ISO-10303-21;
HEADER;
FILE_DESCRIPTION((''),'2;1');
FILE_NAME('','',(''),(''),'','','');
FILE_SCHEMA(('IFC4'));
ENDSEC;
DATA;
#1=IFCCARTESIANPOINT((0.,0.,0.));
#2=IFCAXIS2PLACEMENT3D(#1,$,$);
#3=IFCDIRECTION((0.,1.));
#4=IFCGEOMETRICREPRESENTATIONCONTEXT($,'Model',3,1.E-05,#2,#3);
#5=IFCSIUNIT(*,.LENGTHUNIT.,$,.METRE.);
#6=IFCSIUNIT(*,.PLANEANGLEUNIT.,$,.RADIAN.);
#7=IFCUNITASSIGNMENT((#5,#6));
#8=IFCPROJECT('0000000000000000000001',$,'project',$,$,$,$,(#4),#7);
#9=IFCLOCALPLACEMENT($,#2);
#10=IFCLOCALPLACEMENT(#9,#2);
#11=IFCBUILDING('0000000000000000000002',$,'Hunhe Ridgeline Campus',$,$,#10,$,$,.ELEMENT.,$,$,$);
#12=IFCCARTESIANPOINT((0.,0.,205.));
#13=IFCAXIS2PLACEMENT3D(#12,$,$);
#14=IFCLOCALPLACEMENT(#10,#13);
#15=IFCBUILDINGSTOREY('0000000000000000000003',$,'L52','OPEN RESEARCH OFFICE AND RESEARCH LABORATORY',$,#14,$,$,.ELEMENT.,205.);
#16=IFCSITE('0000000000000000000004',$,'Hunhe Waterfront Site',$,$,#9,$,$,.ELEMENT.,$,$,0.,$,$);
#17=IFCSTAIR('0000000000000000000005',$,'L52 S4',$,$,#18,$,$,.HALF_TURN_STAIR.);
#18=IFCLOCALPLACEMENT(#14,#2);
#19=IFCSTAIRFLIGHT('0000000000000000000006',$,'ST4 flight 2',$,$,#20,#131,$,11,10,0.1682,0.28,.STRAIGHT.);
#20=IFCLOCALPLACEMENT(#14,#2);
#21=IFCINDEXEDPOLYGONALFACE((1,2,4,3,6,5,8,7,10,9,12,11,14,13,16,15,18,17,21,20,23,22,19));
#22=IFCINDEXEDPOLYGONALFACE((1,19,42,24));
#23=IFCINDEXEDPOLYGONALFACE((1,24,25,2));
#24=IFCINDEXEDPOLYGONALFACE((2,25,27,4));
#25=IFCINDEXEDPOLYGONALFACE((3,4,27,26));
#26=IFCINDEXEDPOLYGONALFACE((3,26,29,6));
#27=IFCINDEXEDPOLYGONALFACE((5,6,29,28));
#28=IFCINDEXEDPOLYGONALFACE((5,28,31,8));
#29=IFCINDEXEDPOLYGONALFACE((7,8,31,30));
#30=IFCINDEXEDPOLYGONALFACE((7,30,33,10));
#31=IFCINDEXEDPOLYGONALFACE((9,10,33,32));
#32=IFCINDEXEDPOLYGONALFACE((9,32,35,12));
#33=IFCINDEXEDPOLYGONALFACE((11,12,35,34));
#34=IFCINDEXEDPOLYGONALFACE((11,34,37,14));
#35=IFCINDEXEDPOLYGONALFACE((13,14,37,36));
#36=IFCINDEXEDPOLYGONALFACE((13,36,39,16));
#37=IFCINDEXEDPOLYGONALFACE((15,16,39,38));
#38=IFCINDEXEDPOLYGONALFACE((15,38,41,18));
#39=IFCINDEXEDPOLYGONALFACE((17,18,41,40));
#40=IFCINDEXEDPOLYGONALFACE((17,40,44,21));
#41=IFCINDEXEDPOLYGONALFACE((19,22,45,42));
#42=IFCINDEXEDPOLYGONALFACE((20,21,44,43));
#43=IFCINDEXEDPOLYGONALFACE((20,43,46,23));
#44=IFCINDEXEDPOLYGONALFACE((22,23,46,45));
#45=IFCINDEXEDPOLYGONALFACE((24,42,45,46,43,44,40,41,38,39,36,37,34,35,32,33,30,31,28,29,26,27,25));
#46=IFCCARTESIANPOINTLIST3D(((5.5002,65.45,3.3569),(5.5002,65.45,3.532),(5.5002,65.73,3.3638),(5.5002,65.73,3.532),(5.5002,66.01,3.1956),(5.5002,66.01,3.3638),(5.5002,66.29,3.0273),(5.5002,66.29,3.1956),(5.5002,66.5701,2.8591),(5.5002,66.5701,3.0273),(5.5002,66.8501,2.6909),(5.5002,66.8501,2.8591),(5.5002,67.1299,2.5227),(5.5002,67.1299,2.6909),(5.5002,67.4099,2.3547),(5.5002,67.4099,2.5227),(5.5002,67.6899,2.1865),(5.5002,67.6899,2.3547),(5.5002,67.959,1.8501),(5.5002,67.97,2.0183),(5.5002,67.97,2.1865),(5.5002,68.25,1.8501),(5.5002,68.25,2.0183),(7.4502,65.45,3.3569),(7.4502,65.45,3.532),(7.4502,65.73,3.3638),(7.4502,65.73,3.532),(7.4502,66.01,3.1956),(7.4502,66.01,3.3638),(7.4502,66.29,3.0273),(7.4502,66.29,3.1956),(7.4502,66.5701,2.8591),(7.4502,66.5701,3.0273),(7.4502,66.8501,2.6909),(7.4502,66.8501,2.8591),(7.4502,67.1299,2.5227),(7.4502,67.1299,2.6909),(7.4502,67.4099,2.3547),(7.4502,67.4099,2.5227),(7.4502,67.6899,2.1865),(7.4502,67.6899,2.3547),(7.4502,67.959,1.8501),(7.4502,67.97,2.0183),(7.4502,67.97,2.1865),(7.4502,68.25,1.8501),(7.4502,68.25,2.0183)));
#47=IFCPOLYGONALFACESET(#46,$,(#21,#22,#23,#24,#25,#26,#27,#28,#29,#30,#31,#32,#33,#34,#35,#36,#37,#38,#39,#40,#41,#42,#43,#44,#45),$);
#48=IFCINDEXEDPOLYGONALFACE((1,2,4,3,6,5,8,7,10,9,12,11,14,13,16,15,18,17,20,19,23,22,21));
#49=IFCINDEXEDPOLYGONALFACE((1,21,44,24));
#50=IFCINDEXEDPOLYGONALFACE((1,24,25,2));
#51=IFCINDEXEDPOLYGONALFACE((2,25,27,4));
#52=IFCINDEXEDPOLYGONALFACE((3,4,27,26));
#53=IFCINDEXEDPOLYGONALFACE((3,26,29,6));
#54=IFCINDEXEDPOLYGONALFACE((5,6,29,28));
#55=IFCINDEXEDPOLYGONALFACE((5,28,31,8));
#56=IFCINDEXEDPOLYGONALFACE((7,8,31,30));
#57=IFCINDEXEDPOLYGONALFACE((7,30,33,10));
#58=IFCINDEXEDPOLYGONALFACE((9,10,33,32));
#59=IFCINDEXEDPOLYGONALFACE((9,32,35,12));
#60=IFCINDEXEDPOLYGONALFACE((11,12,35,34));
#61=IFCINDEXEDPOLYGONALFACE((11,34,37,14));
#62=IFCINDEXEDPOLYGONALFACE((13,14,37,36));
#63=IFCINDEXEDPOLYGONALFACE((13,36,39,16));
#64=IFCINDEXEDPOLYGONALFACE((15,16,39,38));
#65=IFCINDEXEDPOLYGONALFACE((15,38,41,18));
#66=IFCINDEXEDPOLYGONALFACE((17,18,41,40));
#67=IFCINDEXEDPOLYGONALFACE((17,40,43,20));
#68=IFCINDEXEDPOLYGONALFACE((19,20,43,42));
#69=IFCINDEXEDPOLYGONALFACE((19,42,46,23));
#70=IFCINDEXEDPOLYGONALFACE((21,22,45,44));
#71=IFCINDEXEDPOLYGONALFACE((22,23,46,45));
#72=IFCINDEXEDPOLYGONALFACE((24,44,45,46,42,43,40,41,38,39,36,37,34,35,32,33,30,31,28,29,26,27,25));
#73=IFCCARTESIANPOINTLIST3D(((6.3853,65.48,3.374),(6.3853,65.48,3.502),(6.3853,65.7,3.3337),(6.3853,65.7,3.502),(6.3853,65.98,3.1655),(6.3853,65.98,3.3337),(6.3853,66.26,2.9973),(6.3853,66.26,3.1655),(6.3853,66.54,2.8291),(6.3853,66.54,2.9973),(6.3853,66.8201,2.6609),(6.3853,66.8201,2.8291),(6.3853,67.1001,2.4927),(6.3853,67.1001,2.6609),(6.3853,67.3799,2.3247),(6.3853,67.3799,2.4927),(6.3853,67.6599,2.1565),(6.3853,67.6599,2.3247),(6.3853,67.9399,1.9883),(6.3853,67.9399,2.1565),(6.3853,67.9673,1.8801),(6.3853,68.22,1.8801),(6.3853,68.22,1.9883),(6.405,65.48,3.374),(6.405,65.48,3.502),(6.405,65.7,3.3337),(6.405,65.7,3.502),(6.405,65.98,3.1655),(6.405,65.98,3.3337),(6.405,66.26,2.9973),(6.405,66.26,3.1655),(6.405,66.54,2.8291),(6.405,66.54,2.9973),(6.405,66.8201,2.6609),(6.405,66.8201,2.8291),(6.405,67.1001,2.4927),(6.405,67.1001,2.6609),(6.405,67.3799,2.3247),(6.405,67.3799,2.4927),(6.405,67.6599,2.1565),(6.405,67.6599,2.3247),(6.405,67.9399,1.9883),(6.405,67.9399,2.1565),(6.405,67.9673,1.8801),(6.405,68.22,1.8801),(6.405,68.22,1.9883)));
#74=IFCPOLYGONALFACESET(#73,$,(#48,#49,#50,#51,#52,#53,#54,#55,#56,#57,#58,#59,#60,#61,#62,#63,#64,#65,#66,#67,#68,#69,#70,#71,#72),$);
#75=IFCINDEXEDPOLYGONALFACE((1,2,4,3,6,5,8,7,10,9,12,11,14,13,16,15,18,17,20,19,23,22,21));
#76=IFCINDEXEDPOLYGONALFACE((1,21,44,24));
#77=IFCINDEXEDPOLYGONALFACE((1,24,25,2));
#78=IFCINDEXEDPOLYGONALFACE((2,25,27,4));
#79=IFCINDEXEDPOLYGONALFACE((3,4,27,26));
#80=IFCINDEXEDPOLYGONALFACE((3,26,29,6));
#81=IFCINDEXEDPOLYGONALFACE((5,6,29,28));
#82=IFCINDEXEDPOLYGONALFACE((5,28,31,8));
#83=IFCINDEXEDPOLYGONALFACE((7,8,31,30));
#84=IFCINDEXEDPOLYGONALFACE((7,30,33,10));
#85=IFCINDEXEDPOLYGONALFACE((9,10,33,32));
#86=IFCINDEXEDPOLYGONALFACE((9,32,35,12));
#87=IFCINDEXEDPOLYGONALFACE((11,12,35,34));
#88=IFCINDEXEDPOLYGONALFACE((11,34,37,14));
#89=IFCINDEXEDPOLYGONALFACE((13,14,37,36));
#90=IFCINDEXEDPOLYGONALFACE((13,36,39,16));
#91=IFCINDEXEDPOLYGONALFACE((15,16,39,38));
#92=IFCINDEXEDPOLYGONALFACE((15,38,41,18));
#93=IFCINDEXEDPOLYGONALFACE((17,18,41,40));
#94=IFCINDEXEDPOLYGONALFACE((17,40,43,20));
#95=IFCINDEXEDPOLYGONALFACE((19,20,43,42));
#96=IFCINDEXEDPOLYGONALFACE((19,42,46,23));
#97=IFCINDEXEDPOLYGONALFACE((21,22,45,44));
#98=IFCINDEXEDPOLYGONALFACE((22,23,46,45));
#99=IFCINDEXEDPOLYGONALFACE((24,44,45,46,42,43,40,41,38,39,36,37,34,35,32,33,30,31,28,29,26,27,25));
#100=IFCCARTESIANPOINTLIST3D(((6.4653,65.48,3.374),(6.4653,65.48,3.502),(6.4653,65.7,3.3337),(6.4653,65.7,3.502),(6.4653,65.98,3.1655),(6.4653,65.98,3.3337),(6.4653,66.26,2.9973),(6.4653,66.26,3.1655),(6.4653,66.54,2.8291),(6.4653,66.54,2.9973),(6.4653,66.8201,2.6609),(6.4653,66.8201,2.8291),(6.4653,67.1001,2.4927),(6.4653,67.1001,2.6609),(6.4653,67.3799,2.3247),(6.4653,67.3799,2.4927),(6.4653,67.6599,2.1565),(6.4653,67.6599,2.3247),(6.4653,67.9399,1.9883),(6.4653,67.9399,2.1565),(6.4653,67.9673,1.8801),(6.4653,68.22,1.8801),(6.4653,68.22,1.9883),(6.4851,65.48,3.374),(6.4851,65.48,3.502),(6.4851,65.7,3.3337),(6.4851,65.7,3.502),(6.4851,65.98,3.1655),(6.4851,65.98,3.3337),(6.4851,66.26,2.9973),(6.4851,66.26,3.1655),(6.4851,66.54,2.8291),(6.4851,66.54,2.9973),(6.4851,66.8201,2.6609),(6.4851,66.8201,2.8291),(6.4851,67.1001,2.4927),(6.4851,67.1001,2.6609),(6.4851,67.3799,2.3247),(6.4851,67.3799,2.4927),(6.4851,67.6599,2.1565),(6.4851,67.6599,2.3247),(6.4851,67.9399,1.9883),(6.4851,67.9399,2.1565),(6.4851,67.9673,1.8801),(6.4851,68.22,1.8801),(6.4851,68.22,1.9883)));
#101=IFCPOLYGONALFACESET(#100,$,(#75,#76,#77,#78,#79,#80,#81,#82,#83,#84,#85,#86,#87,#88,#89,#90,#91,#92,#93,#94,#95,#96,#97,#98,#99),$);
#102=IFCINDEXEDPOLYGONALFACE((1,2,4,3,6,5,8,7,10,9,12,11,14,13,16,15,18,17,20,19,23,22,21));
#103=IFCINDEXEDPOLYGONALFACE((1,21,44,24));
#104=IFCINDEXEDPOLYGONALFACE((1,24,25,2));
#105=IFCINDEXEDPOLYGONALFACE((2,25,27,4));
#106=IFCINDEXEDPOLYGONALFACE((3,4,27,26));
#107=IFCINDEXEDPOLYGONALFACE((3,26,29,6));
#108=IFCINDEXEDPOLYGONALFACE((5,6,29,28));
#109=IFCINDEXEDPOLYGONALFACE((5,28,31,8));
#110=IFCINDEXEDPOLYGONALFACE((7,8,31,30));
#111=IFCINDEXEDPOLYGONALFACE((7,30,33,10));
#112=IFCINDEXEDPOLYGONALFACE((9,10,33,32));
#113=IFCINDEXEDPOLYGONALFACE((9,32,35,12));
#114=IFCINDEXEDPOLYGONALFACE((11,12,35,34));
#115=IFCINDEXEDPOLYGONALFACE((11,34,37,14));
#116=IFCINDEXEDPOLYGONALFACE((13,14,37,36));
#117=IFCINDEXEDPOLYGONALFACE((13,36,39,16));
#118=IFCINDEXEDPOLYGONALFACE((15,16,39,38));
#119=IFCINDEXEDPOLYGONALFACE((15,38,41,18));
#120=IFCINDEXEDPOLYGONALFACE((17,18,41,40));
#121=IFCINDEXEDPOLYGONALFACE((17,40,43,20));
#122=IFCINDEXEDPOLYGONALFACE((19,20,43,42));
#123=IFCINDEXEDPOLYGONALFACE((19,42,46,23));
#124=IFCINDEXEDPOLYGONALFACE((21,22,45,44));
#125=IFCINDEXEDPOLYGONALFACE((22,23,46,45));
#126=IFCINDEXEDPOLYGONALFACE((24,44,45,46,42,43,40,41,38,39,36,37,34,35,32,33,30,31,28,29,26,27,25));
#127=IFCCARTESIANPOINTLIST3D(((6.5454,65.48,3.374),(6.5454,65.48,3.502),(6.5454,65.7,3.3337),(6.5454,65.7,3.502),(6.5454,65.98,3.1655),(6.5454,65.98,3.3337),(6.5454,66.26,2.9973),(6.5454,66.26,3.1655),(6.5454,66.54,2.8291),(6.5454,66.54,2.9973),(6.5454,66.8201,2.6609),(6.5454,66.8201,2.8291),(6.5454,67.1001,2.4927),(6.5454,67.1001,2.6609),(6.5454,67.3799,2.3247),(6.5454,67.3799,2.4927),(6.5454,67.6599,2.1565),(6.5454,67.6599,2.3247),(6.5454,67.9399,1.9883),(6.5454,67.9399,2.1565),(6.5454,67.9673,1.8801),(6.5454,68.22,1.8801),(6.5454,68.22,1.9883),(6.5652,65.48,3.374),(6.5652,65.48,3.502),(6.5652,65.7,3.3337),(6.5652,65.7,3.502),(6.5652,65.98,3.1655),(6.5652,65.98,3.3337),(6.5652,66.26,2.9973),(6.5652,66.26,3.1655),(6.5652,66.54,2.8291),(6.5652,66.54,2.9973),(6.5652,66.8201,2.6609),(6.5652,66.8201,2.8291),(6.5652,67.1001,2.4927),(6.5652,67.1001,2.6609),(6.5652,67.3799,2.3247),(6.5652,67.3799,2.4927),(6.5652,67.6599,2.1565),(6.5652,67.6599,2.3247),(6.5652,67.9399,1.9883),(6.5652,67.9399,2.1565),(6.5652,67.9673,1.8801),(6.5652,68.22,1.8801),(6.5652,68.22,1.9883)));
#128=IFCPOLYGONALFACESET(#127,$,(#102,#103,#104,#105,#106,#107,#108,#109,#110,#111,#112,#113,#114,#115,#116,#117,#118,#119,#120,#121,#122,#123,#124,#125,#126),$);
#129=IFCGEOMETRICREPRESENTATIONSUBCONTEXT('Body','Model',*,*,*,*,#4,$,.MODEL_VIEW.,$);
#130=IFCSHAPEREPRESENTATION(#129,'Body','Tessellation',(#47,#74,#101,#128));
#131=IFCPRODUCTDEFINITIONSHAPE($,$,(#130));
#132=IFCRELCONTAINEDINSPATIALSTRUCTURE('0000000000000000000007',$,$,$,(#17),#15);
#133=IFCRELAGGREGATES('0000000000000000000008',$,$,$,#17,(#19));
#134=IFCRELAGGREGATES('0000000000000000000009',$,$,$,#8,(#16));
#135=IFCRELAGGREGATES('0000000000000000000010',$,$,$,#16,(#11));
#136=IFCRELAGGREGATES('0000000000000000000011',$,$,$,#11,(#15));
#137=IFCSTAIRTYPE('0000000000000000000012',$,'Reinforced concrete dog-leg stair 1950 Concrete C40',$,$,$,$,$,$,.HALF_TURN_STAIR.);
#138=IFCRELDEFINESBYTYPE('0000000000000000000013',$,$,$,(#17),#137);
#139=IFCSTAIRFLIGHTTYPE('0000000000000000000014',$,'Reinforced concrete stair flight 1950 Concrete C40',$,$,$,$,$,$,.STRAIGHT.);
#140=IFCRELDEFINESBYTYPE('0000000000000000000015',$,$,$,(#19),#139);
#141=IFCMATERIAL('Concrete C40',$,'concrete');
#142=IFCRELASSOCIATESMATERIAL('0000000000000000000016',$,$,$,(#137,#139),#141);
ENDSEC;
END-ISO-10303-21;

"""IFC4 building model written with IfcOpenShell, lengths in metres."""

from ifc_helpers import new_model, si_unit, direction, frame, origin, place, context, subcontext, project, spatial, polyline, outline, extrude, material, type_object, element, aggregate, save


model = new_model("IFC4")

# Units and contexts
model_context = context("Model", 3, precision=1e-05, world=origin(), true_north=direction((0.0, 1.0)))
body_context = subcontext(model_context, "Body", "Model", "MODEL_VIEW")
ifc_project = project(units=[si_unit("LENGTHUNIT", "METRE"), si_unit("PLANEANGLEUNIT", "RADIAN")], contexts=[model_context])

# Site, building, storey
site_placement = place(None, origin())
site = spatial("IfcSite", under=ifc_project, at=site_placement, Name="Hunhe Waterfront Site", CompositionType="ELEMENT", RefElevation=0.0)
building_placement = place(site_placement, origin())
building = spatial("IfcBuilding", under=site, at=building_placement, Name="Hunhe Ridgeline Campus", CompositionType="ELEMENT")
storey_placement = place(building_placement, frame((0.0, 0.0, 205.0)))
storey = spatial("IfcBuildingStorey", under=building, at=storey_placement, Name="L52", Description="OPEN RESEARCH OFFICE AND RESEARCH LABORATORY", CompositionType="ELEMENT", Elevation=205.0)

# Stair, stair flight
ifc_material_1 = material(Name="Concrete C40", Category="concrete")
stair_type = type_object("IfcStairType", Name="Reinforced concrete dog-leg stair 1950 Concrete C40", PredefinedType="HALF_TURN_STAIR", material=ifc_material_1)
stair_placement = place(storey_placement, origin())
stair = element("IfcStair", 1, at=stair_placement, inside=storey, type_object=stair_type, Name="L52 S4", PredefinedType="HALF_TURN_STAIR")
stair_flight_type = type_object("IfcStairFlightType", Name="Reinforced concrete stair flight 1950 Concrete C40", PredefinedType="STRAIGHT", material=ifc_material_1)
stair_flight_placement = place(storey_placement, frame((6.4751, 68.25, 1.8501), z_axis=(0.0, 0.0, 1.0), x_axis=(0.0, -1.0, 0.0)))
stair_flight = element("IfcStairFlight", 2, at=stair_flight_placement, type_object=stair_flight_type, Name="ST4 flight 2", NumberOfRisers=11, NumberOfTreads=10, PredefinedType="STRAIGHT", RiserHeight=0.1682, TreadLength=0.28, context=body_context, shape_type="SweptSolid", body=[
    extrude(outline(polyline([(0.0, 0.0), (0.0, 0.1682), (0.28, 0.1682), (0.28, 0.3364), (0.5601, 0.3364), (0.5601, 0.5046), (0.8401, 0.5046), (0.8401, 0.6726), (1.1201, 0.6726), (1.1201, 0.8408), (1.3999, 0.8408), (1.3999, 1.009), (1.6799, 1.009), (1.6799, 1.1772), (1.96, 1.1772), (1.96, 1.3455), (2.24, 1.3455), (2.24, 1.5137), (2.52, 1.5137), (2.52, 1.6819), (2.8, 1.6819), (2.8, 1.8501), (2.8, 1.5068), (0.291, 0.0), (0.0, 0.0)])), frame((0.0, 0.9751, 0.0), z_axis=(0.0, -1.0, 0.0), x_axis=(1.0, 0.0, 0.0)), (0.0, 0.0, 1.0), 1.95),
    extrude(outline(polyline([(0.03, 0.03), (0.03, 0.1382), (0.3101, 0.1382), (0.3101, 0.3064), (0.5901, 0.3064), (0.5901, 0.4746), (0.8701, 0.4746), (0.8701, 0.6426), (1.1499, 0.6426), (1.1499, 0.8108), (1.4299, 0.8108), (1.4299, 0.979), (1.71, 0.979), (1.71, 1.1472), (1.99, 1.1472), (1.99, 1.3154), (2.27, 1.3154), (2.27, 1.4836), (2.55, 1.4836), (2.55, 1.6519), (2.77, 1.6519), (2.77, 1.5239), (0.2827, 0.03), (0.03, 0.03)])), frame((0.0, -0.0701, 0.0), z_axis=(0.0, -1.0, 0.0), x_axis=(1.0, 0.0, 0.0)), (0.0, 0.0, 1.0), 0.0198),
    extrude(outline(polyline([(0.03, 0.03), (0.03, 0.1382), (0.3101, 0.1382), (0.3101, 0.3064), (0.5901, 0.3064), (0.5901, 0.4746), (0.8701, 0.4746), (0.8701, 0.6426), (1.1499, 0.6426), (1.1499, 0.8108), (1.4299, 0.8108), (1.4299, 0.979), (1.71, 0.979), (1.71, 1.1472), (1.99, 1.1472), (1.99, 1.3154), (2.27, 1.3154), (2.27, 1.4836), (2.55, 1.4836), (2.55, 1.6519), (2.77, 1.6519), (2.77, 1.5239), (0.2827, 0.03), (0.03, 0.03)])), frame((0.0, 0.01, 0.0), z_axis=(0.0, -1.0, 0.0), x_axis=(1.0, 0.0, 0.0)), (0.0, 0.0, 1.0), 0.0198),
    extrude(outline(polyline([(0.03, 0.03), (0.03, 0.1382), (0.3101, 0.1382), (0.3101, 0.3064), (0.5901, 0.3064), (0.5901, 0.4746), (0.8701, 0.4746), (0.8701, 0.6426), (1.1499, 0.6426), (1.1499, 0.8108), (1.4299, 0.8108), (1.4299, 0.979), (1.71, 0.979), (1.71, 1.1472), (1.99, 1.1472), (1.99, 1.3154), (2.27, 1.3154), (2.27, 1.4836), (2.55, 1.4836), (2.55, 1.6519), (2.77, 1.6519), (2.77, 1.5239), (0.2827, 0.03), (0.03, 0.03)])), frame((0.0, 0.0901, 0.0), z_axis=(0.0, -1.0, 0.0), x_axis=(1.0, 0.0, 0.0)), (0.0, 0.0, 1.0), 0.0198),
])
aggregate(stair, [stair_flight])

save(model, "model.ifc")
